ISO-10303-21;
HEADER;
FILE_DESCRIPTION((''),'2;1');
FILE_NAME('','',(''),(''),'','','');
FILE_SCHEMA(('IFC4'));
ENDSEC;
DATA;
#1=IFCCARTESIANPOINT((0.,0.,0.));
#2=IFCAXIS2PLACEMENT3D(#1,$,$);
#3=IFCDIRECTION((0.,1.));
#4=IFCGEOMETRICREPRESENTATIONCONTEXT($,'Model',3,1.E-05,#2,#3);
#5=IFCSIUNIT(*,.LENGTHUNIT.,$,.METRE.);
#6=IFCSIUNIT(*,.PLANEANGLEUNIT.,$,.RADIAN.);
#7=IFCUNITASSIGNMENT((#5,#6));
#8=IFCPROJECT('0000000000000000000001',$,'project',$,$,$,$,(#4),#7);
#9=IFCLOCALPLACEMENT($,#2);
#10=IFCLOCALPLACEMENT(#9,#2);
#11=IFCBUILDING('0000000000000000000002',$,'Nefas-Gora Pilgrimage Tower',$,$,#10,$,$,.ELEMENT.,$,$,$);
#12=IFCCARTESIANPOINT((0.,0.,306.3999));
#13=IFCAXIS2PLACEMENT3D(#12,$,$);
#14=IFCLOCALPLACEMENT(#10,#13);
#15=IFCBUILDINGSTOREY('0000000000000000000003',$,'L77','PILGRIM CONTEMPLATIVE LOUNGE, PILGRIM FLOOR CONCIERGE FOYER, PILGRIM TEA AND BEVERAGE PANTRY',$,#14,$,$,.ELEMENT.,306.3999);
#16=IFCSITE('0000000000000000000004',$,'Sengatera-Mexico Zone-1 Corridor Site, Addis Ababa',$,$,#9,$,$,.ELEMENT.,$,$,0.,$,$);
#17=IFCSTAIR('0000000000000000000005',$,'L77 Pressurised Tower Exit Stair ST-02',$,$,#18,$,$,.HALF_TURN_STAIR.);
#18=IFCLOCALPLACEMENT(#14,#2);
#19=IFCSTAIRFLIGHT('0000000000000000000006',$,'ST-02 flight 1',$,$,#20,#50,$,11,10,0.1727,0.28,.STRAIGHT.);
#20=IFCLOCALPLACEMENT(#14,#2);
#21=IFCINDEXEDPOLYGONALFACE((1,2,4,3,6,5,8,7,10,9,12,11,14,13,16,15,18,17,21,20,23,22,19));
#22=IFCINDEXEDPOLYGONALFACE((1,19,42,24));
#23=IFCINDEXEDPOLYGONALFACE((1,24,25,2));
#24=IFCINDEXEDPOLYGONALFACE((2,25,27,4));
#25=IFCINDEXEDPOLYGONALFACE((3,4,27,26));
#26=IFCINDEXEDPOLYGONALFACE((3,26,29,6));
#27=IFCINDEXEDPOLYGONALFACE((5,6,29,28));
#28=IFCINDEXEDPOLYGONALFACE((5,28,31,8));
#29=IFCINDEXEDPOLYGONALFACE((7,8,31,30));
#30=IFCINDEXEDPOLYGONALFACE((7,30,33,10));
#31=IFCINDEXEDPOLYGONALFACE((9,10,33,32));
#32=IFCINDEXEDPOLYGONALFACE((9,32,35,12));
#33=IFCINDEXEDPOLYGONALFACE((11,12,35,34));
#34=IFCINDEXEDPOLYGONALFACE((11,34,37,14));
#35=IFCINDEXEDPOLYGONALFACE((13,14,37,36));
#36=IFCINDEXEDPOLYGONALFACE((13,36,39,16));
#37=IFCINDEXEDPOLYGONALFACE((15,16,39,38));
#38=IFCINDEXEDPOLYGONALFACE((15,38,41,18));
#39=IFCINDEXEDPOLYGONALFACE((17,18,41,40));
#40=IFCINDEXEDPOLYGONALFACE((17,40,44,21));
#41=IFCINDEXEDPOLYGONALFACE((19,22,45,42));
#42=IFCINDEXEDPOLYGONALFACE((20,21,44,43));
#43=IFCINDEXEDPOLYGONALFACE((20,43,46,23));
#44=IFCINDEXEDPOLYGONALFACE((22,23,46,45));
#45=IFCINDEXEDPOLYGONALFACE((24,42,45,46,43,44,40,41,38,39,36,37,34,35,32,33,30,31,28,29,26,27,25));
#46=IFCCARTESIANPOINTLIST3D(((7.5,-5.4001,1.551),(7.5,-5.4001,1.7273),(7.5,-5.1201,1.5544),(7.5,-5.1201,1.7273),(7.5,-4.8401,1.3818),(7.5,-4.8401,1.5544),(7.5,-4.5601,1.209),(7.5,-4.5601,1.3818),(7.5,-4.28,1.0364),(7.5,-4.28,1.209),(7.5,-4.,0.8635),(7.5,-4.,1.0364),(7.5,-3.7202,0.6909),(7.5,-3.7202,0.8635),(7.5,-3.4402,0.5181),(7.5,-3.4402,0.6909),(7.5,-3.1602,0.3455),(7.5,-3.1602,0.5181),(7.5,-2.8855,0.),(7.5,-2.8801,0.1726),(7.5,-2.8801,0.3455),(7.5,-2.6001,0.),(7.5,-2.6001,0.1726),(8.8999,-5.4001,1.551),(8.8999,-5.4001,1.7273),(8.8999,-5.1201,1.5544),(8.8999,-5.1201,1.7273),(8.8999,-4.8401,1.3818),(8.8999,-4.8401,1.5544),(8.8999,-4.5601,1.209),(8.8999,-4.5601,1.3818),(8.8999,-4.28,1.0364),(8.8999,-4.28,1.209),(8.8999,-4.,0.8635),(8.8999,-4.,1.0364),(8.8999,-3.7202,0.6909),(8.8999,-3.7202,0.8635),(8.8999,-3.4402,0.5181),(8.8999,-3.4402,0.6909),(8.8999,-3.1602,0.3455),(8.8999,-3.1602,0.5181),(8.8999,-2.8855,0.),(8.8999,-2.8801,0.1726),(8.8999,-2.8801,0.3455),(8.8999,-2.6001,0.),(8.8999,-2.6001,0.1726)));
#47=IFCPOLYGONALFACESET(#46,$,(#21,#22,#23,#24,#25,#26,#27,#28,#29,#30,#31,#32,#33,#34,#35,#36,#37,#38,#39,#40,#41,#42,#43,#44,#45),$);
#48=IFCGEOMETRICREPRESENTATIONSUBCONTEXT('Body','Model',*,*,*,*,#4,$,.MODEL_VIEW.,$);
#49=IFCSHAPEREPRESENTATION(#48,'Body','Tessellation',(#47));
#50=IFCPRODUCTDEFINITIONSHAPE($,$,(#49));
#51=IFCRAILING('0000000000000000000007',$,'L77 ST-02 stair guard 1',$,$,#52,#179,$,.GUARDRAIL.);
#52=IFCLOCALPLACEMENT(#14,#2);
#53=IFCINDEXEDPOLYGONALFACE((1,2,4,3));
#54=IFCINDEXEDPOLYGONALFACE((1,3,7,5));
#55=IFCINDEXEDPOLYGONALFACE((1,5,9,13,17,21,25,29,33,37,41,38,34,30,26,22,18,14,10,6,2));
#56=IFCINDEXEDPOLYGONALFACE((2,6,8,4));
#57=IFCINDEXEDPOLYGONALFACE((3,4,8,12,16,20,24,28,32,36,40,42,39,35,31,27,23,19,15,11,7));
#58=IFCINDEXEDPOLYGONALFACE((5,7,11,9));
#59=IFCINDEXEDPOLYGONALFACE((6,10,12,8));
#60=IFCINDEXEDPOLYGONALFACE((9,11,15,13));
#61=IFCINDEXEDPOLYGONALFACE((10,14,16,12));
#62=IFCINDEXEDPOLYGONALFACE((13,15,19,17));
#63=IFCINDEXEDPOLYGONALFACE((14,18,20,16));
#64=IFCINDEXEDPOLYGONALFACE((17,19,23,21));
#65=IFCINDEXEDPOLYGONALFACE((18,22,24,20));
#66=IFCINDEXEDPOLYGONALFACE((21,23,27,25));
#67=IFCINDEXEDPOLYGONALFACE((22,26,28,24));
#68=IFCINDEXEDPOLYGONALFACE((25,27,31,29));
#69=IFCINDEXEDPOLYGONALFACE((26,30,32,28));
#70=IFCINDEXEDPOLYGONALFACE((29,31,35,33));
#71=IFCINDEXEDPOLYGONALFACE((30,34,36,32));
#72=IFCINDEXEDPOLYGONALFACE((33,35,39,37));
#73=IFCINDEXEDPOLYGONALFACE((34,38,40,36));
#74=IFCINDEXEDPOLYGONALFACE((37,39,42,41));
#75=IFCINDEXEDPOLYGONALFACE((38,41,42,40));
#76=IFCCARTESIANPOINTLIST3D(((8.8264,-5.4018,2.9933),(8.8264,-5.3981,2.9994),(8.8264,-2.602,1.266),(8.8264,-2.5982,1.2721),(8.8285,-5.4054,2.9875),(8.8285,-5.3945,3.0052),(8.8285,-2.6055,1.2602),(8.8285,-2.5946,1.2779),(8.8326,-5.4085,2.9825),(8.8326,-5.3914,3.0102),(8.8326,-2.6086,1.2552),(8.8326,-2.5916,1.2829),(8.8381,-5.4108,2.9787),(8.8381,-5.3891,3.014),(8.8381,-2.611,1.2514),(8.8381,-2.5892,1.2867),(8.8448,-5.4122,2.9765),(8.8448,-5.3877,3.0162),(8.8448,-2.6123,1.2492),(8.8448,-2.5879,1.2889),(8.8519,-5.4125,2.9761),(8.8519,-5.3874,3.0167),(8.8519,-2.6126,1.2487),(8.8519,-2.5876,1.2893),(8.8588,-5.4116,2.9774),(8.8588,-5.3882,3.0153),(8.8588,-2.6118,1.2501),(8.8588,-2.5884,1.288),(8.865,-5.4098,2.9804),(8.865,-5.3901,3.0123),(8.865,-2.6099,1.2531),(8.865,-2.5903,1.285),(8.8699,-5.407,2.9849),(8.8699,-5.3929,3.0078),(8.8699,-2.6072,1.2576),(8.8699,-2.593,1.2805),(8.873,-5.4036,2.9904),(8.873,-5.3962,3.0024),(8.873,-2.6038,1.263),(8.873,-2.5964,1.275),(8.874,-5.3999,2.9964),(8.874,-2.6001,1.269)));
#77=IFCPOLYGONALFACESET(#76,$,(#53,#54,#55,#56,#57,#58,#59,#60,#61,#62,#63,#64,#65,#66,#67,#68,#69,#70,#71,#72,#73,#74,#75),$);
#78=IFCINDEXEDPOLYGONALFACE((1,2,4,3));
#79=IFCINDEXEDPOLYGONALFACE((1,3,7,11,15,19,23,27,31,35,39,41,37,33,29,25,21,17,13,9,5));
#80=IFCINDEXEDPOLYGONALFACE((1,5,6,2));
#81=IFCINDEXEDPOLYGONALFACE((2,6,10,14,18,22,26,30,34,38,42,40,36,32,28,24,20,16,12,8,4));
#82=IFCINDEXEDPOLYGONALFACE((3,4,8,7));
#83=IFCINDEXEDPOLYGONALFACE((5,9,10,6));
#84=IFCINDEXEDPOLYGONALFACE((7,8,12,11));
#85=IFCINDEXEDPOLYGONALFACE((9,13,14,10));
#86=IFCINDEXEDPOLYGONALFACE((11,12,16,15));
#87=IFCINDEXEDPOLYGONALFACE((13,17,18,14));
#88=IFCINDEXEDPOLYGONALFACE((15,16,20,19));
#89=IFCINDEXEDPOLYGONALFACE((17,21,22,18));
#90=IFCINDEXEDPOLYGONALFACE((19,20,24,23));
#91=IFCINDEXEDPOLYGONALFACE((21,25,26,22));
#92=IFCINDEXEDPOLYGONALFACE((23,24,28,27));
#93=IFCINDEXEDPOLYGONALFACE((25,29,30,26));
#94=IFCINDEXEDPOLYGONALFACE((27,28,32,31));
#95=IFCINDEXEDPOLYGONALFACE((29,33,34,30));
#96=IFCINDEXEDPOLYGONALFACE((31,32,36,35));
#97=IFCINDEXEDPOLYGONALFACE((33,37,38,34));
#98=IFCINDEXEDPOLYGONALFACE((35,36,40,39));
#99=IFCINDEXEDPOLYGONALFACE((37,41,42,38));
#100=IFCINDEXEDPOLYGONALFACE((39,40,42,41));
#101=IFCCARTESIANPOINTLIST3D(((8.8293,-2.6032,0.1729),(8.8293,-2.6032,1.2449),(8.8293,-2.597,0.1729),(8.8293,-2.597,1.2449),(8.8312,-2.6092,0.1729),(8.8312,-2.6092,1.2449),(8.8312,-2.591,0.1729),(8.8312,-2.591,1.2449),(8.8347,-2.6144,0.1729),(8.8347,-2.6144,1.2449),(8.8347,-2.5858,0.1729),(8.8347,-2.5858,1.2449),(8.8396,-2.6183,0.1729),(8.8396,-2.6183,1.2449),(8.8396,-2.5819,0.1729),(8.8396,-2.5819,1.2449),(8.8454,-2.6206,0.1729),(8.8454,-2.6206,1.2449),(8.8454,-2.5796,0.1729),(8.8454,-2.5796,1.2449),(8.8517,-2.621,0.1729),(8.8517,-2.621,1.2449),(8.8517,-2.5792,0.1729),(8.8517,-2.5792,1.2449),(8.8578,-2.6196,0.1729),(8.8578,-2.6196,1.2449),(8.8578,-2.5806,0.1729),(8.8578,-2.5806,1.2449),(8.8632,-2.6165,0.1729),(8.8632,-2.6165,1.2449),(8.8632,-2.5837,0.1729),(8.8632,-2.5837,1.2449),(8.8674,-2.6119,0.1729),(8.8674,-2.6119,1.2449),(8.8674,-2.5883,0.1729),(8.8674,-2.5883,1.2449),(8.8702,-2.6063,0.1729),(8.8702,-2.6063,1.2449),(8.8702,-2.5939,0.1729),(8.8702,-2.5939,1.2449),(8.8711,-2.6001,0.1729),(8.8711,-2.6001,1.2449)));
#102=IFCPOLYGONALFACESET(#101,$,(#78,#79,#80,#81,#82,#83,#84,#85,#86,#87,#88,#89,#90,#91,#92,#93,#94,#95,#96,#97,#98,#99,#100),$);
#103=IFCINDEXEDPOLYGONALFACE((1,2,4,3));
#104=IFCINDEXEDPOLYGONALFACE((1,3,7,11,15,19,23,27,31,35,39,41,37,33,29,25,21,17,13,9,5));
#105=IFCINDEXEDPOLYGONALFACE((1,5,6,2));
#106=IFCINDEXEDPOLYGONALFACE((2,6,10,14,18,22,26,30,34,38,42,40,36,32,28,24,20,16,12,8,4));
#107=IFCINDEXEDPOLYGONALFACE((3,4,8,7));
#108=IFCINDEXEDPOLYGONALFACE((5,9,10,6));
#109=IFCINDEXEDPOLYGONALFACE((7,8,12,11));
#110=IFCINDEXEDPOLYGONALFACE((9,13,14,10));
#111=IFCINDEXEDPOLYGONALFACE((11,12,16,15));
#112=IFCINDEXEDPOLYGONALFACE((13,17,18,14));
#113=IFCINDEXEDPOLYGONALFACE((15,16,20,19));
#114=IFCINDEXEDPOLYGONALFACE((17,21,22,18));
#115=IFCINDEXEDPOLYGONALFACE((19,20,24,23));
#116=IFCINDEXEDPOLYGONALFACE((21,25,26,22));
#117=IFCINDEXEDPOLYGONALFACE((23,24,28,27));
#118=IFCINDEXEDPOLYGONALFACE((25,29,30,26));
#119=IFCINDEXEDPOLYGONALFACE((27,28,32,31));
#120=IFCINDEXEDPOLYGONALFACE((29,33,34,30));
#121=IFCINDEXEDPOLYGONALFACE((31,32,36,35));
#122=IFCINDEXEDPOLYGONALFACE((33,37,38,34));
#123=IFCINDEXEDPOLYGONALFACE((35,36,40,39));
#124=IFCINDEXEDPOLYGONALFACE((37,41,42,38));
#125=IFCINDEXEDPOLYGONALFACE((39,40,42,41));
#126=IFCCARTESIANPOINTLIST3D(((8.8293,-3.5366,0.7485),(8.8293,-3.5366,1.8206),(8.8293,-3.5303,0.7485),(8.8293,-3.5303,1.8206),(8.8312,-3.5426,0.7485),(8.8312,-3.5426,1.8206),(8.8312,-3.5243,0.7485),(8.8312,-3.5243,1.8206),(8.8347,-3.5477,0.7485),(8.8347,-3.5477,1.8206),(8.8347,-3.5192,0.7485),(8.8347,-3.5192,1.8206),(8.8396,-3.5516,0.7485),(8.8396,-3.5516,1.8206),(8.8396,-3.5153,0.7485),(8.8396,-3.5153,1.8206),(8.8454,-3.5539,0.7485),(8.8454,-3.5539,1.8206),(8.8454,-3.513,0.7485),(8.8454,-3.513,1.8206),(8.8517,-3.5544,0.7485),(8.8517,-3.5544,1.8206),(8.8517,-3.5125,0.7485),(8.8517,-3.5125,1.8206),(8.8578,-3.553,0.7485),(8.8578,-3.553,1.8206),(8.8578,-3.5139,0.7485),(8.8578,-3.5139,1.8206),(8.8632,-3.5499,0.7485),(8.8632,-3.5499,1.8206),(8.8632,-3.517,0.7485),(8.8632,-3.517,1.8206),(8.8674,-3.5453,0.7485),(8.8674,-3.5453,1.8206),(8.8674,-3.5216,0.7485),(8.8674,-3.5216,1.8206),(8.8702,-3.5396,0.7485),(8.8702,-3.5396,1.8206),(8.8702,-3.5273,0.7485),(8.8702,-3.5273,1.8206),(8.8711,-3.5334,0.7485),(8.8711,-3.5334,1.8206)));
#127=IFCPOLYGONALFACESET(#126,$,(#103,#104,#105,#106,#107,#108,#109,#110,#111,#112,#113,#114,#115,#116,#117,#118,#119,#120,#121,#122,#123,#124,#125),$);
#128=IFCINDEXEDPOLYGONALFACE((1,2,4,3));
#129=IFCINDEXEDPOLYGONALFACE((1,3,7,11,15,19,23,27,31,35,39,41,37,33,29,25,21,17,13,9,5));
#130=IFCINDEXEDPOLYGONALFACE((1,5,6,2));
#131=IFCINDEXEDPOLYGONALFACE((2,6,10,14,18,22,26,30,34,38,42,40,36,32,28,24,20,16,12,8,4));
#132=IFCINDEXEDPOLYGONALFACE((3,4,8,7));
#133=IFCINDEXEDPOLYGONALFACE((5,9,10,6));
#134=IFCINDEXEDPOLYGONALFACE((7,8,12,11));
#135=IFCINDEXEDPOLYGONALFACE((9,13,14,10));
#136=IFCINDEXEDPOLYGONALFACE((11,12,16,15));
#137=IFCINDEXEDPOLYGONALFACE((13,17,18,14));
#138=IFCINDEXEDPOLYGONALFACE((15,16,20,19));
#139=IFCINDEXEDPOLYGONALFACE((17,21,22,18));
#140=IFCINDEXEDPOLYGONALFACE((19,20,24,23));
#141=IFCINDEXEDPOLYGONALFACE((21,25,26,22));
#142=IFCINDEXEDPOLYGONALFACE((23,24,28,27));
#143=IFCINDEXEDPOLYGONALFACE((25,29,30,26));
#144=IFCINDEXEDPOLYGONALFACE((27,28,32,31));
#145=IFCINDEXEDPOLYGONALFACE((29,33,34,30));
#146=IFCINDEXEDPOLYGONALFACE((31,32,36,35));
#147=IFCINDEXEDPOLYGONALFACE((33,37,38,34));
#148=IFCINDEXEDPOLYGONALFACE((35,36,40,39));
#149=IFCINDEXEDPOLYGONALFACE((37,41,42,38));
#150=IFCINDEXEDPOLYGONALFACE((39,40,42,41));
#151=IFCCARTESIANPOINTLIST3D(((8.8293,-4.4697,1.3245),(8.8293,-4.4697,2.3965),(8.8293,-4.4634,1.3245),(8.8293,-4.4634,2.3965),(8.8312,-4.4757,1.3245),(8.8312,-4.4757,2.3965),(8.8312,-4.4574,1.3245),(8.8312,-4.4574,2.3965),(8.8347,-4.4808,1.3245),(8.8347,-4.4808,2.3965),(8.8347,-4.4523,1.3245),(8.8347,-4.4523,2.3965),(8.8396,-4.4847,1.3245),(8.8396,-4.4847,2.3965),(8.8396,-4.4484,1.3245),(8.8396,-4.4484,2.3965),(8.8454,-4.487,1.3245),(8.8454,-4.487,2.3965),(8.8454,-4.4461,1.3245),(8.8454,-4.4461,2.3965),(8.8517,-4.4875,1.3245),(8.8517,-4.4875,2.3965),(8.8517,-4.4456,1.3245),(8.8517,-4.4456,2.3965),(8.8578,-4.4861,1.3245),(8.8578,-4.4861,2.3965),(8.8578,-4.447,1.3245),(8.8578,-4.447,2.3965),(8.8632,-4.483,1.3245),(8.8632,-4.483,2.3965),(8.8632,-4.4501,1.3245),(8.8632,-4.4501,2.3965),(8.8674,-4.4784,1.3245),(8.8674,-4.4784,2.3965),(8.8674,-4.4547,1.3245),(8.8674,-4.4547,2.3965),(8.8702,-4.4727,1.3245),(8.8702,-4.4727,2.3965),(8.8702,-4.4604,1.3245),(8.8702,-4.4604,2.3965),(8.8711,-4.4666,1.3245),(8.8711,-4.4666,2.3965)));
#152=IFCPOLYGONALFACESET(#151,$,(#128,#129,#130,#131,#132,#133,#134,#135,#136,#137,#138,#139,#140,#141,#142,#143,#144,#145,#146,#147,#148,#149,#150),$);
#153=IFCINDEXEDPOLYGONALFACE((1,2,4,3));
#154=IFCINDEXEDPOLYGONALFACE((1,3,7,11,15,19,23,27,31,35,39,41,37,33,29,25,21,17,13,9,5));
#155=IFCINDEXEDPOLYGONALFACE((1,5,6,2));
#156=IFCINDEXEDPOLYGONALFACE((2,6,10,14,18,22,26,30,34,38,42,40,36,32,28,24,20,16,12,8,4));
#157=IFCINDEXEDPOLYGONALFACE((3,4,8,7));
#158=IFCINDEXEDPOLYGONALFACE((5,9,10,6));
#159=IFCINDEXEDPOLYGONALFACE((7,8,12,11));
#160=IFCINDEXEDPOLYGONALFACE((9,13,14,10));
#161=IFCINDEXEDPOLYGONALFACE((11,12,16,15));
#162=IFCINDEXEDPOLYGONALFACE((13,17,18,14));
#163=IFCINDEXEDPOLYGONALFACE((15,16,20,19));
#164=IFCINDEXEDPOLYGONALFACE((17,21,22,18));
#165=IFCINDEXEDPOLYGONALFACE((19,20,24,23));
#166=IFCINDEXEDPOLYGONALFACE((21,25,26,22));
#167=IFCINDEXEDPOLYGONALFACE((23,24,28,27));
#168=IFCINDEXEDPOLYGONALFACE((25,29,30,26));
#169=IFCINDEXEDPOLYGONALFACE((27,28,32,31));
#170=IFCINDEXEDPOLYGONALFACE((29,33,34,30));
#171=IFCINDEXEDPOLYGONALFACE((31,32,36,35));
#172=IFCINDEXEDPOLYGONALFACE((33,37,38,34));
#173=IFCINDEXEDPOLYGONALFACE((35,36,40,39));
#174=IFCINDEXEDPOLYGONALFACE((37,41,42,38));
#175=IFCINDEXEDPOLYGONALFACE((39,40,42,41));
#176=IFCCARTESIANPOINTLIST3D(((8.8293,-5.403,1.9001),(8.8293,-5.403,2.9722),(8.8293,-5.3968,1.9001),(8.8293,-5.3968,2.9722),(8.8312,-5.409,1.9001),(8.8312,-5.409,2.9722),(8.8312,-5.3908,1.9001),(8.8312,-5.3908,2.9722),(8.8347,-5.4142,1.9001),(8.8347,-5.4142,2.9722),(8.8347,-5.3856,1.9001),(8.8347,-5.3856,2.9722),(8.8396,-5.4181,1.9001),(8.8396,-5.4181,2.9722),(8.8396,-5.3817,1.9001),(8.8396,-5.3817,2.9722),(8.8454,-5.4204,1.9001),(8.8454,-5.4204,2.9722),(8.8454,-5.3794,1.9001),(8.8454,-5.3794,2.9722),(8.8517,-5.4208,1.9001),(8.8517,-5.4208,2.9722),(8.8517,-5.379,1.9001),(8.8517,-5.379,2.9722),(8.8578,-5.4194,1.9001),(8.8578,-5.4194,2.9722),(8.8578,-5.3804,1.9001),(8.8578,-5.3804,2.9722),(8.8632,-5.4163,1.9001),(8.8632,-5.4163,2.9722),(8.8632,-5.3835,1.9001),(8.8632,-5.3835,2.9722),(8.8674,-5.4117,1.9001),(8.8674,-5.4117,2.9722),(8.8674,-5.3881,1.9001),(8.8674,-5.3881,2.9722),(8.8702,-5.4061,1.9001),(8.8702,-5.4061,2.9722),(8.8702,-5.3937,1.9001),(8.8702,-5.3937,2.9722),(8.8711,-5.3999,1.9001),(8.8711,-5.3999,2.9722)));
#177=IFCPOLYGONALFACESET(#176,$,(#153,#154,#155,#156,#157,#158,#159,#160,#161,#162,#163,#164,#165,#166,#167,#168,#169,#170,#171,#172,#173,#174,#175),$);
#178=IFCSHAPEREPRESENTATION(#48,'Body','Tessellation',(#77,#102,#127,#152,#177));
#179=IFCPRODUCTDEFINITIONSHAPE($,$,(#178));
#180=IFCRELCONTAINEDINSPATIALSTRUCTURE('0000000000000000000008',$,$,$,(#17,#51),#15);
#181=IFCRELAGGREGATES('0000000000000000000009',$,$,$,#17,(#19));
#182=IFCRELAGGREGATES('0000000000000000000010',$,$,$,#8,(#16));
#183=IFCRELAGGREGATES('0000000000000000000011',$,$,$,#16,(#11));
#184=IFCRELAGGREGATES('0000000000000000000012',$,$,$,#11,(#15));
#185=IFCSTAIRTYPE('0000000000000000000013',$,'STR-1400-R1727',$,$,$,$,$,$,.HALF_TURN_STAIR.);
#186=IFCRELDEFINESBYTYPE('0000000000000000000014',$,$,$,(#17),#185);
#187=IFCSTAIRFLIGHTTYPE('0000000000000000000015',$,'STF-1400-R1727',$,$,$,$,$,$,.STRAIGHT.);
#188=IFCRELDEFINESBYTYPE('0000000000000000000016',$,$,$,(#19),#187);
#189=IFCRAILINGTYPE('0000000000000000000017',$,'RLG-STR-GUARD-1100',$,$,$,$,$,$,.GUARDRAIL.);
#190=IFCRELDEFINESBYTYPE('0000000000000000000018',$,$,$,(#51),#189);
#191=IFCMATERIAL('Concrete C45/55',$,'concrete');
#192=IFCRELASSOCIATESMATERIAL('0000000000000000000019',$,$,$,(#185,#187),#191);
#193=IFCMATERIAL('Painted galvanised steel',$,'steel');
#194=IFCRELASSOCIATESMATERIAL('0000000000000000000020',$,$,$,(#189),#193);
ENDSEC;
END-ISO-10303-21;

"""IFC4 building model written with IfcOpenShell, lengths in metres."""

from ifc_helpers import new_model, si_unit, direction, frame, origin, origin_2d, place, context, subcontext, project, spatial, polyline, circle, outline, extrude, source, transform, mapped, material, type_object, element, aggregate, save


model = new_model("IFC4")

# Units and contexts
model_context = context("Model", 3, precision=1e-05, world=origin(), true_north=direction((0.0, 1.0)))
body_context = subcontext(model_context, "Body", "Model", "MODEL_VIEW")
ifc_project = project(units=[si_unit("LENGTHUNIT", "METRE"), si_unit("PLANEANGLEUNIT", "RADIAN")], contexts=[model_context])

# Site, building, storey
site_placement = place(None, origin())
site = spatial("IfcSite", under=ifc_project, at=site_placement, Name="Sengatera-Mexico Zone-1 Corridor Site, Addis Ababa", CompositionType="ELEMENT", RefElevation=0.0)
building_placement = place(site_placement, origin())
building = spatial("IfcBuilding", under=site, at=building_placement, Name="Nefas-Gora Pilgrimage Tower", CompositionType="ELEMENT")
storey_placement = place(building_placement, frame((0.0, 0.0, 306.3999)))
storey = spatial("IfcBuildingStorey", under=building, at=storey_placement, Name="L77", Description="PILGRIM CONTEMPLATIVE LOUNGE, PILGRIM FLOOR CONCIERGE FOYER, PILGRIM TEA AND BEVERAGE PANTRY", CompositionType="ELEMENT", Elevation=306.3999)

# Shared definitions
ifc_material_1 = material(Name="Concrete C45/55", Category="concrete")

# Stair, stair flight
stair_type = type_object("IfcStairType", Name="STR-1400-R1727", PredefinedType="HALF_TURN_STAIR", material=ifc_material_1)
stair_placement = place(storey_placement, origin())
stair = element("IfcStair", 1, at=stair_placement, inside=storey, type_object=stair_type, Name="L77 Pressurised Tower Exit Stair ST-02", PredefinedType="HALF_TURN_STAIR")
stair_flight_type = type_object("IfcStairFlightType", Name="STF-1400-R1727", PredefinedType="STRAIGHT", material=ifc_material_1)
shared_shape_1 = source(origin(), body_context, "Body", "SweptSolid", [
    extrude(outline(polyline([(0.0, 0.0), (0.0, 0.1726), (0.28, 0.1726), (0.28, 0.3455), (0.5601, 0.3455), (0.5601, 0.5181), (0.8401, 0.5181), (0.8401, 0.6909), (1.1201, 0.6909), (1.1201, 0.8635), (1.3999, 0.8635), (1.3999, 1.0364), (1.6799, 1.0364), (1.6799, 1.209), (1.96, 1.209), (1.96, 1.3818), (2.24, 1.3818), (2.24, 1.5544), (2.52, 1.5544), (2.52, 1.7273), (2.8, 1.7273), (2.8, 1.8999), (2.8, 1.551), (0.2854, 0.0), (0.0, 0.0)])), frame((0.0, 0.7, 0.0), z_axis=(0.0, -1.0, 0.0), x_axis=(1.0, 0.0, 0.0)), (0.0, 0.0, 1.0), 1.3999),
])
stair_flight_placement = place(storey_placement, frame((8.2, -2.6001, 0.0), z_axis=(0.0, 0.0, 1.0), x_axis=(0.0, -1.0, 0.0)))
stair_flight = element("IfcStairFlight", 2, at=stair_flight_placement, type_object=stair_flight_type, Name="ST-02 flight 1", NumberOfRisers=11, NumberOfTreads=10, PredefinedType="STRAIGHT", RiserHeight=0.1727, TreadLength=0.28, context=body_context, shape_type="MappedRepresentation", body=[
    mapped(shared_shape_1, transform((0.0, 0.0, 0.0), x_axis=(1.0, 0.0, 0.0), y_axis=(0.0, 1.0, 0.0), z_axis=(0.0, 0.0, 1.0), scale=1.0)),
])
aggregate(stair, [stair_flight])

# Railing
ifc_material_2 = material(Name="Painted galvanised steel", Category="steel")
railing_type_1 = type_object("IfcRailingType", Name="RLG-STR-GUARD-1100", PredefinedType="GUARDRAIL", material=ifc_material_2)
railing_1_placement = place(storey_placement, frame((8.8501, -2.6001, 0.1729)))
element("IfcRailing", 3, at=railing_1_placement, inside=storey, type_object=railing_type_1, Name="L77 ST-02 stair guard 1", PredefinedType="GUARDRAIL", context=body_context, shape_type="SweptSolid", body=[
    extrude(circle(Radius=0.0239, at=origin_2d()), frame((0.0, 0.0, 1.0962), z_axis=(0.0, -0.851069, 0.525054), x_axis=(1.0, 0.0, 0.0)), (0.0, 0.0, 1.0), 3.2898),
    extrude(circle(Radius=0.021, at=origin_2d()), origin(), (0.0, 0.0, 1.0), 1.072),
    extrude(circle(Radius=0.021, at=origin_2d()), frame((0.0, -0.9333, 0.5757)), (0.0, 0.0, 1.0), 1.072),
    extrude(circle(Radius=0.021, at=origin_2d()), frame((0.0, -1.8665, 1.1516)), (0.0, 0.0, 1.0), 1.072),
    extrude(circle(Radius=0.021, at=origin_2d()), frame((0.0, -2.7998, 1.7273)), (0.0, 0.0, 1.0), 1.072),
])

save(model, "model.ifc")
